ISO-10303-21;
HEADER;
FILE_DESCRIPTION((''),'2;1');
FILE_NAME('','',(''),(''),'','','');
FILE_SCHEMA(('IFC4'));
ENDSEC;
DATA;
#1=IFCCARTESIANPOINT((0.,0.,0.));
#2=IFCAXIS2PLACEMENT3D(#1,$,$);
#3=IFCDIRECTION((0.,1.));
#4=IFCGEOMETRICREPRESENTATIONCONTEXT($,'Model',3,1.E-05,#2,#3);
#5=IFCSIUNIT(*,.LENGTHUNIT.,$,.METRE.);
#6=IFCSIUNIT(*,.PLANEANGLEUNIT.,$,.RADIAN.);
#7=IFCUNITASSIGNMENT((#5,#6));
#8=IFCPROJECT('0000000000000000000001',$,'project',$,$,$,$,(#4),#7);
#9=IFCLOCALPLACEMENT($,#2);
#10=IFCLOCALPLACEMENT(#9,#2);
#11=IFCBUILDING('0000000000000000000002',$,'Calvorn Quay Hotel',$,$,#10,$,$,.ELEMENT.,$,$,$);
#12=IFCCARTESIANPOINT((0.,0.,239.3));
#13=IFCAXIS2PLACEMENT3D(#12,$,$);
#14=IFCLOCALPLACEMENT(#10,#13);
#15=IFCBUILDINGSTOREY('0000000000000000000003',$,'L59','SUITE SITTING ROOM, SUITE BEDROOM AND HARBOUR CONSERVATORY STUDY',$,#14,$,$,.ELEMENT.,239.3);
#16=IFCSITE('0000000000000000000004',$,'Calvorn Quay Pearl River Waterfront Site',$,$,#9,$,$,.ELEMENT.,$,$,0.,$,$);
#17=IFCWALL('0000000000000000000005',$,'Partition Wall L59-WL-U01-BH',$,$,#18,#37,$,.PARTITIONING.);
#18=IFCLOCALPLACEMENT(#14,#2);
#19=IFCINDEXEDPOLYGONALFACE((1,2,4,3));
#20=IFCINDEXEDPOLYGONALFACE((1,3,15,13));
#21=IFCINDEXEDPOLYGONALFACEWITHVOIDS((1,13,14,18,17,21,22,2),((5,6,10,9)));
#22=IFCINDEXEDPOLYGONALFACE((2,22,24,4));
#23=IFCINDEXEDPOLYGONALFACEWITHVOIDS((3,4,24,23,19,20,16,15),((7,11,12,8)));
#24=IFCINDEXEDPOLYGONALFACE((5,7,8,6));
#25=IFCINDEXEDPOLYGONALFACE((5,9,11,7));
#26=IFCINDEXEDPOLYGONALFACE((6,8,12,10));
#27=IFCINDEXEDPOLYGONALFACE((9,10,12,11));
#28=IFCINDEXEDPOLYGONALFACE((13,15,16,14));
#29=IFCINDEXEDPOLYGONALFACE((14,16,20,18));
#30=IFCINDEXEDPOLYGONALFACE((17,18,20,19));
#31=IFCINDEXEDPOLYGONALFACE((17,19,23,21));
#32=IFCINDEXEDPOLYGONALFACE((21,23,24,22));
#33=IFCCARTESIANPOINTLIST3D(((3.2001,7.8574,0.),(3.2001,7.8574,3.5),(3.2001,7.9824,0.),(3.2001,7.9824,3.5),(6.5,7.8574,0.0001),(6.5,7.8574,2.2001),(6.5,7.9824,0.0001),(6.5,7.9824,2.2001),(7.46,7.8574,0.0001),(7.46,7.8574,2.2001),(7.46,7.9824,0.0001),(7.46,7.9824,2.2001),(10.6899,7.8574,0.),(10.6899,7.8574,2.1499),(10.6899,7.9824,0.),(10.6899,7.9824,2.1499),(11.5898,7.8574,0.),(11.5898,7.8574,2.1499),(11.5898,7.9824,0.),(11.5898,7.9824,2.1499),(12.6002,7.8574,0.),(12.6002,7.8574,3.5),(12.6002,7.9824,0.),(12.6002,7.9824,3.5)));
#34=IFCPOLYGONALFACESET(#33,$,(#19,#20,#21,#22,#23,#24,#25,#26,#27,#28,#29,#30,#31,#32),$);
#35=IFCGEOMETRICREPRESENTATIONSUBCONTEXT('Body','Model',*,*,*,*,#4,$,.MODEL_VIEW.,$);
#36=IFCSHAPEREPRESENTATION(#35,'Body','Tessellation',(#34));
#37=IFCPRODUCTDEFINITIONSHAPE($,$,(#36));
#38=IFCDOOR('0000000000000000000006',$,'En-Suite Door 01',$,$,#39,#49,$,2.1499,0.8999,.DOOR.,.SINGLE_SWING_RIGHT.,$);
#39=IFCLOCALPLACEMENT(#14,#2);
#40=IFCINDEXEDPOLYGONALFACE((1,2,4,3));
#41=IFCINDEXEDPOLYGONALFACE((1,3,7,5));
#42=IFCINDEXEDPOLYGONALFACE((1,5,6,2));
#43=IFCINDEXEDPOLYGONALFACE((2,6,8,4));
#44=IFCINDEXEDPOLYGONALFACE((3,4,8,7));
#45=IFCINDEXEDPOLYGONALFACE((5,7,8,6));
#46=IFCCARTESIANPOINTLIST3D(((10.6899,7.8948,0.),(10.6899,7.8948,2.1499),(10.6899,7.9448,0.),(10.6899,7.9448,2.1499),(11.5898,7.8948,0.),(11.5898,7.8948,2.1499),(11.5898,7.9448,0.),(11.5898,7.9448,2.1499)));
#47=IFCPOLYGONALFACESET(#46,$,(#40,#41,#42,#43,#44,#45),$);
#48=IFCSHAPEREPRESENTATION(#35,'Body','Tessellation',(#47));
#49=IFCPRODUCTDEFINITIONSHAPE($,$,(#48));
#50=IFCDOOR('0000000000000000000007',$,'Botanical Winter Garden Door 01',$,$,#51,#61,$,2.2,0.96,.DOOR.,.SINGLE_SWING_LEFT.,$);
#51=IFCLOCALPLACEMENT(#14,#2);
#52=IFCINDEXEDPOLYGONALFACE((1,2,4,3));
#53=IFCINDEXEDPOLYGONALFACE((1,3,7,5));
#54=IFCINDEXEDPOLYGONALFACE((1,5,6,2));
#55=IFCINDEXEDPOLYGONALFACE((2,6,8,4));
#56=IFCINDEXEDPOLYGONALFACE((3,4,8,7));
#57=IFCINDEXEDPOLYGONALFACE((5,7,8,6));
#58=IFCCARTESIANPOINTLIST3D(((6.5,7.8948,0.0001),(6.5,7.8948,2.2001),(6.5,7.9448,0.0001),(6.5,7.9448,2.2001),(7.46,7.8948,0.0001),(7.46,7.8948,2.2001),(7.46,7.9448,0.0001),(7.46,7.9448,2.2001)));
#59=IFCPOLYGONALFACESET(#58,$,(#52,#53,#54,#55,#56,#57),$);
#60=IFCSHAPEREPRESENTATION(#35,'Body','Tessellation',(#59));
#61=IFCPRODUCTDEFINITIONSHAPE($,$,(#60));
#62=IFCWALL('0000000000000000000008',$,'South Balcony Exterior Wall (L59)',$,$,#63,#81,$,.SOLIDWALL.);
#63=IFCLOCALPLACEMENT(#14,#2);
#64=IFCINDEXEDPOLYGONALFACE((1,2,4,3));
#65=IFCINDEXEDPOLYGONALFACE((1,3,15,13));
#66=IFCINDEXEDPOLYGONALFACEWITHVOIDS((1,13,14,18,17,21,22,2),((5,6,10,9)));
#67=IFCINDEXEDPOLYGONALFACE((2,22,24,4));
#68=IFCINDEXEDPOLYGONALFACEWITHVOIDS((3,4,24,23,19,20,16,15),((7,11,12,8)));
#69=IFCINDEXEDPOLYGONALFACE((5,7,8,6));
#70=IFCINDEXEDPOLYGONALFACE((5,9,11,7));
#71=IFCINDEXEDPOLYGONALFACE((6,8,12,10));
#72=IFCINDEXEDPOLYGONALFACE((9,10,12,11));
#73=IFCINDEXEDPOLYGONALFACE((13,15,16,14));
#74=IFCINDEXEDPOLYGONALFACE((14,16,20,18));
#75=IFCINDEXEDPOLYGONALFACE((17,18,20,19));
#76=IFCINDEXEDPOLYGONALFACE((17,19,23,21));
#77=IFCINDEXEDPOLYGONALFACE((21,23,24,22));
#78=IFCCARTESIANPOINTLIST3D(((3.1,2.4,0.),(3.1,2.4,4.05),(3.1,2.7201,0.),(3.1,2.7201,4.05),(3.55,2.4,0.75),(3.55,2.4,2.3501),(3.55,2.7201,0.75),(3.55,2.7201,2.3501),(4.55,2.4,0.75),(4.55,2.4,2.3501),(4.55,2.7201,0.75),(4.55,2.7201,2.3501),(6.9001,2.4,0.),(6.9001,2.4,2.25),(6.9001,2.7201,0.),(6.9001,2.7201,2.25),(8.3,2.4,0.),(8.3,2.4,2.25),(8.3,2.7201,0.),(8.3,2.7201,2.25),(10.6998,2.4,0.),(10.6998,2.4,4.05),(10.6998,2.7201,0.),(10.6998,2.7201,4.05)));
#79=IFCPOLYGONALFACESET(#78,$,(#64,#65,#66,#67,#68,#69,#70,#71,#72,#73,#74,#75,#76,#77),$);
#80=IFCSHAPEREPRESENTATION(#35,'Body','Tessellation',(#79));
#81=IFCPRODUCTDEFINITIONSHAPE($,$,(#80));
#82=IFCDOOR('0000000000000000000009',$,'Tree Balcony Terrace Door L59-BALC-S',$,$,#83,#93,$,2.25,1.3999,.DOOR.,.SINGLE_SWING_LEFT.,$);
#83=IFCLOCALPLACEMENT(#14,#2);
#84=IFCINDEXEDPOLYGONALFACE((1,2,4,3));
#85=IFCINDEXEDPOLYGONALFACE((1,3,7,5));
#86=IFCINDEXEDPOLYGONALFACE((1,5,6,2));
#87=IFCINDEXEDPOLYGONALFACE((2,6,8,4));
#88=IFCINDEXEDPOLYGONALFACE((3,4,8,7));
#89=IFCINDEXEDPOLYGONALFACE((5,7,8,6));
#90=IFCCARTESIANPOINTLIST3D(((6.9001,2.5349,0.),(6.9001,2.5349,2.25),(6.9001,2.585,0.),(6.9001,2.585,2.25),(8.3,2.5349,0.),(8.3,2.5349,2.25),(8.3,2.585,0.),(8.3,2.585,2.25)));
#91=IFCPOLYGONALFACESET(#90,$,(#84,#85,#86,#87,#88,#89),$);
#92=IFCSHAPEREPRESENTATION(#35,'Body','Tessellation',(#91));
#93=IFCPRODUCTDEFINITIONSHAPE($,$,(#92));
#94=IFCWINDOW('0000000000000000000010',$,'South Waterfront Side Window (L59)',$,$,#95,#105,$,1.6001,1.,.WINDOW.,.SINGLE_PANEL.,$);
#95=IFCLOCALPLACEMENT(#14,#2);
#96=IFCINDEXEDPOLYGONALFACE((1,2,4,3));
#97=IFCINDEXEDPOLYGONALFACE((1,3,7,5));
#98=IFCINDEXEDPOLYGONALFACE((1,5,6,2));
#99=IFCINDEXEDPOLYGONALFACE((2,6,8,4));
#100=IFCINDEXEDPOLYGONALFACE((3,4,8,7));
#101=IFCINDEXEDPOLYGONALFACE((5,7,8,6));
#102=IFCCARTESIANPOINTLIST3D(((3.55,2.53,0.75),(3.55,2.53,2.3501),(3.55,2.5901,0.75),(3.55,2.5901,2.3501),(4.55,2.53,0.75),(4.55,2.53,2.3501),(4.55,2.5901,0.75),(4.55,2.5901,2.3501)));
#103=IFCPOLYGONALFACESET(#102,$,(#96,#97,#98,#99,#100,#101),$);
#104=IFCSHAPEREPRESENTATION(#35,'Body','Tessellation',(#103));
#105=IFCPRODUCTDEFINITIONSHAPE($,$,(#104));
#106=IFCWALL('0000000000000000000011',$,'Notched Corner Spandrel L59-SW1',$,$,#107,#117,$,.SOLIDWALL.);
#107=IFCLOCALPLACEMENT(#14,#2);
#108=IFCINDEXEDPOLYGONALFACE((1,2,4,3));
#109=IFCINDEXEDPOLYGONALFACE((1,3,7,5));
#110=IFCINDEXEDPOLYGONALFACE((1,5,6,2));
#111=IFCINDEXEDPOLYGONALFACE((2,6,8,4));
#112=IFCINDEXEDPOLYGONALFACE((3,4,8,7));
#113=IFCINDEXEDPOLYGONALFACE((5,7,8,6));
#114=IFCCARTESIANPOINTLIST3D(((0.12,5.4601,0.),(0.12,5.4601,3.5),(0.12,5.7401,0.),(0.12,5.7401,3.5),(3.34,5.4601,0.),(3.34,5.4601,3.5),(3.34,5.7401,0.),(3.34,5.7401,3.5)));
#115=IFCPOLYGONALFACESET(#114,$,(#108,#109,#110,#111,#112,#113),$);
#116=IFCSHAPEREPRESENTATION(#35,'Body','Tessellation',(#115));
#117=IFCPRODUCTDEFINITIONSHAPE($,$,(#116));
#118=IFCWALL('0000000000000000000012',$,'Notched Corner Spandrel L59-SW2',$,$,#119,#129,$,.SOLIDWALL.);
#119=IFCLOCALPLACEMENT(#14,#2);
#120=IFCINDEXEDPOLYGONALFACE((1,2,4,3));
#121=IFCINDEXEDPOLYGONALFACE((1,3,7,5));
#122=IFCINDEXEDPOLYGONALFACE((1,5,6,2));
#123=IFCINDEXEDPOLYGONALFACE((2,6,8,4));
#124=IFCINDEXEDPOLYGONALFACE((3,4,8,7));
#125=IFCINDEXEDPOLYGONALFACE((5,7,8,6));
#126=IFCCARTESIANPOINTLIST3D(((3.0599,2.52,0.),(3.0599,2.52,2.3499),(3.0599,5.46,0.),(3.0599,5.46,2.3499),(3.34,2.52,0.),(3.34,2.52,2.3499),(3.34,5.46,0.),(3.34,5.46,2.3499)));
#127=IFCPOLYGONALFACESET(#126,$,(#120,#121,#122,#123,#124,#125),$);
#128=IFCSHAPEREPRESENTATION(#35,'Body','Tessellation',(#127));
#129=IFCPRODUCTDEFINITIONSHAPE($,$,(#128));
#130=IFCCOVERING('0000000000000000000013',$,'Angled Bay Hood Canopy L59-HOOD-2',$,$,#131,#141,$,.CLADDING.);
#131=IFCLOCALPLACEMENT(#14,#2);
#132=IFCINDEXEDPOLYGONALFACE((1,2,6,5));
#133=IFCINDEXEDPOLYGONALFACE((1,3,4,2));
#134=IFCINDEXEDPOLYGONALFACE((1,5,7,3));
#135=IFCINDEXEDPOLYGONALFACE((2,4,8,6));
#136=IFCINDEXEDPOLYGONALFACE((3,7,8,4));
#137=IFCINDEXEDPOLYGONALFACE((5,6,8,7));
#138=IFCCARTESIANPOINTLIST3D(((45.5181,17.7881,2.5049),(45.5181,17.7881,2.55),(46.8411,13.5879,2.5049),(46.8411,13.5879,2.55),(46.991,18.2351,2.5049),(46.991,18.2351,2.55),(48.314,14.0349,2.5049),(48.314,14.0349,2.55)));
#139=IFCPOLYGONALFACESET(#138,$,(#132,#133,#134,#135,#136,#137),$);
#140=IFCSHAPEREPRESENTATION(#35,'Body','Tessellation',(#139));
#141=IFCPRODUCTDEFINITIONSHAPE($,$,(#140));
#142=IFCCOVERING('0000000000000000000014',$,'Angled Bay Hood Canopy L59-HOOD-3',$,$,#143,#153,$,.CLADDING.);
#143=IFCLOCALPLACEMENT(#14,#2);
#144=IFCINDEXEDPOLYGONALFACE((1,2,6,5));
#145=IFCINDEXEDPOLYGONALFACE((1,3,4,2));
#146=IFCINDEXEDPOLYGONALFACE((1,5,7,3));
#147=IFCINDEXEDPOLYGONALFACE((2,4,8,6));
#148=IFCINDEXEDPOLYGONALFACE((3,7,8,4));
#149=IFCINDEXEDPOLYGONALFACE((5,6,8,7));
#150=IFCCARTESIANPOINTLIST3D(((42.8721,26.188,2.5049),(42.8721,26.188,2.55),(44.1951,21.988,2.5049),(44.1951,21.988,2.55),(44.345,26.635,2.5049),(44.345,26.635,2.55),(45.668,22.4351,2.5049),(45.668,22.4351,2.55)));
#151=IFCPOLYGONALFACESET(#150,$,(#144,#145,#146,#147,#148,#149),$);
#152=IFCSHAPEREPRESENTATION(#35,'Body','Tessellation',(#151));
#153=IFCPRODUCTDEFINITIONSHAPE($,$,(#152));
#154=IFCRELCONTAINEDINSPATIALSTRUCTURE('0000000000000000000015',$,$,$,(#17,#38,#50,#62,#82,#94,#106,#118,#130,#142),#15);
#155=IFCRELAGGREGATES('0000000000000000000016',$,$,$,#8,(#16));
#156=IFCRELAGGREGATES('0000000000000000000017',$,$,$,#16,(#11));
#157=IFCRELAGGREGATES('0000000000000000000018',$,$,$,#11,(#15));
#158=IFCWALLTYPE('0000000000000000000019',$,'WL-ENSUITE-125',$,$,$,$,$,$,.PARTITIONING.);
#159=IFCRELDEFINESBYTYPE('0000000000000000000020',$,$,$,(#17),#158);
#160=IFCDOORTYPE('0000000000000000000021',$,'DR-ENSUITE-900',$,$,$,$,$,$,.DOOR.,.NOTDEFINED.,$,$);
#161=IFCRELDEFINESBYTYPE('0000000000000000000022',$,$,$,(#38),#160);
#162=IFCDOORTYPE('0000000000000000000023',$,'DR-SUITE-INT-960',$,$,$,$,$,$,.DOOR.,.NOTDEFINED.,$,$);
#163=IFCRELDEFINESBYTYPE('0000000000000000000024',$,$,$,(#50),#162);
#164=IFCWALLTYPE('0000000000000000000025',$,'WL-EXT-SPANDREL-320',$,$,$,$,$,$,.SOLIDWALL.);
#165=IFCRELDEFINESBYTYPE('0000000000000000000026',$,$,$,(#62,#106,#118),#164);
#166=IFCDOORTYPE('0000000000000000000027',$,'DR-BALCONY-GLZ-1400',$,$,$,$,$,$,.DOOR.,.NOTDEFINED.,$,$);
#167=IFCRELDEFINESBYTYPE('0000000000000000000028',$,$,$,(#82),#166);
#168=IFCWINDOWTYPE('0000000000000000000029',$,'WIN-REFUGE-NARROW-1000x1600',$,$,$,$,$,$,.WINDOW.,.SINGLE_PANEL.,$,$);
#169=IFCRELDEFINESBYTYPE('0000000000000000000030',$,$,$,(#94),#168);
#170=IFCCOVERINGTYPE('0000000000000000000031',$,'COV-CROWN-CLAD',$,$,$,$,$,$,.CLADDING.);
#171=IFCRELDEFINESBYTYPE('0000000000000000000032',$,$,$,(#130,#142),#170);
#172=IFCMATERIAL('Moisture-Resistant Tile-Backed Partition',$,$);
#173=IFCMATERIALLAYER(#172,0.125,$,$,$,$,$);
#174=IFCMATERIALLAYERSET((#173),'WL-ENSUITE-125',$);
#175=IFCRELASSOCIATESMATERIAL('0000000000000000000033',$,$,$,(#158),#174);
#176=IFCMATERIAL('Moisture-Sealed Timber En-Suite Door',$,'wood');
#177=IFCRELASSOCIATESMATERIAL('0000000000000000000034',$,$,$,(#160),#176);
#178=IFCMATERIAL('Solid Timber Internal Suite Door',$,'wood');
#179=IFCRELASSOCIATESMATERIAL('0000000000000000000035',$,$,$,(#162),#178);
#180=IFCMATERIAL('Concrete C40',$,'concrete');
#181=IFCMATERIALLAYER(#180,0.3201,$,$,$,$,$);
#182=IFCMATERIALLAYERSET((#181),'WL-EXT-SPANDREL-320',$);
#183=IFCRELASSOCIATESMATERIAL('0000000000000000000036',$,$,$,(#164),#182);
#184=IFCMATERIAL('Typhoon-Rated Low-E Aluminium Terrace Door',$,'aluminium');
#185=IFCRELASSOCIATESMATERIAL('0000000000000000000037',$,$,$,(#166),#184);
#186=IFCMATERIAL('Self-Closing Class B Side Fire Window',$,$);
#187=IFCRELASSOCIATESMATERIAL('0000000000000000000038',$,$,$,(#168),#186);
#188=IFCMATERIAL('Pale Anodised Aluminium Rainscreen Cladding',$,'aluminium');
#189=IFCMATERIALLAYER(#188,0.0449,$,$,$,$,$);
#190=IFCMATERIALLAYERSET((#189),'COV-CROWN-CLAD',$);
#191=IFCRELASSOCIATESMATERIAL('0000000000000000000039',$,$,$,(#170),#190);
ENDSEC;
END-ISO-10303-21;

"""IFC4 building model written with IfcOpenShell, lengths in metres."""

from ifc_helpers import new_model, si_unit, direction, frame, frame_2d, origin, place, context, subcontext, project, spatial, polyline, rectangle, outline, extrude, material, layer, layer_set, type_object, element, fill, save


model = new_model("IFC4")

# Units and contexts
model_context = context("Model", 3, precision=1e-05, world=origin(), true_north=direction((0.0, 1.0)))
body_context = subcontext(model_context, "Body", "Model", "MODEL_VIEW")
ifc_project = project(units=[si_unit("LENGTHUNIT", "METRE"), si_unit("PLANEANGLEUNIT", "RADIAN")], contexts=[model_context])

# Site, building, storey
site_placement = place(None, origin())
site = spatial("IfcSite", under=ifc_project, at=site_placement, Name="Calvorn Quay Pearl River Waterfront Site", CompositionType="ELEMENT", RefElevation=0.0)
building_placement = place(site_placement, origin())
building = spatial("IfcBuilding", under=site, at=building_placement, Name="Calvorn Quay Hotel", CompositionType="ELEMENT")
storey_placement = place(building_placement, frame((0.0, 0.0, 239.3)))
storey = spatial("IfcBuildingStorey", under=building, at=storey_placement, Name="L59", Description="SUITE SITTING ROOM, SUITE BEDROOM AND HARBOUR CONSERVATORY STUDY", CompositionType="ELEMENT", Elevation=239.3)

# Wall, openings, doors
ifc_material_1 = material(Name="Moisture-Resistant Tile-Backed Partition")
ifc_layer_1 = layer(ifc_material_1, 0.125)
ifc_layer_set_1 = layer_set([ifc_layer_1], Name="WL-ENSUITE-125")
wall_type_1 = type_object("IfcWallType", Name="WL-ENSUITE-125", PredefinedType="PARTITIONING", material=ifc_layer_set_1)
wall_1_placement = place(storey_placement, frame((3.2, 7.9199, 0.0), z_axis=(0.0, 0.0, 1.0), x_axis=(1.0, 0.0, 0.0)))
wall_1 = element("IfcWall", 1, at=wall_1_placement, inside=storey, type_object=wall_type_1, Name="Partition Wall L59-WL-U01-BH", PredefinedType="PARTITIONING", context=body_context, shape_type="SweptSolid", body=[
    extrude(rectangle(XDim=9.4001, YDim=0.125, at=frame_2d((4.7002, 0.0))), origin(), (0.0, 0.0, 1.0), 3.5),
])
opening_1_placement = place(wall_1_placement, frame((3.3, 0.0, 0.0)))
opening_1 = element("IfcOpeningElement", 2, at=opening_1_placement, cuts=wall_1, PredefinedType="OPENING", context=body_context, shape_type="SweptSolid", body=[
    extrude(rectangle(XDim=0.96, YDim=2.2, at=frame_2d((0.48, 1.1001))), frame((0.0, 0.0725, 0.0), z_axis=(0.0, -1.0, 0.0), x_axis=(1.0, 0.0, 0.0)), (0.0, 0.0, 1.0), 0.145),
])
opening_2_placement = place(wall_1_placement, frame((7.49, 0.0, 0.0)))
opening_2 = element("IfcOpeningElement", 3, at=opening_2_placement, cuts=wall_1, PredefinedType="OPENING", context=body_context, shape_type="SweptSolid", body=[
    extrude(rectangle(XDim=0.8999, YDim=2.1499, at=frame_2d((0.45, 1.075))), frame((0.0, 0.0725, 0.0), z_axis=(0.0, -1.0, 0.0), x_axis=(1.0, 0.0, 0.0)), (0.0, 0.0, 1.0), 0.145),
])
ifc_material_2 = material(Name="Moisture-Sealed Timber En-Suite Door", Category="wood")
door_type_1 = type_object("IfcDoorType", Name="DR-ENSUITE-900", OperationType="NOTDEFINED", PredefinedType="DOOR", material=ifc_material_2)
door_1_placement = place(opening_2_placement, origin())
door_1 = element("IfcDoor", 4, at=door_1_placement, inside=storey, type_object=door_type_1, Name="En-Suite Door 01", OperationType="SINGLE_SWING_RIGHT", OverallHeight=2.1499, OverallWidth=0.8999, PredefinedType="DOOR", context=body_context, shape_type="SweptSolid", body=[
    extrude(rectangle(XDim=0.8999, YDim=2.1499, at=frame_2d((0.45, 1.075))), frame((0.0, 0.0249, 0.0), z_axis=(0.0, -1.0, 0.0), x_axis=(1.0, 0.0, 0.0)), (0.0, 0.0, 1.0), 0.05),
])
fill(opening_2, door_1)
ifc_material_3 = material(Name="Solid Timber Internal Suite Door", Category="wood")
door_type_2 = type_object("IfcDoorType", Name="DR-SUITE-INT-960", OperationType="NOTDEFINED", PredefinedType="DOOR", material=ifc_material_3)
door_2_placement = place(opening_1_placement, origin())
door_2 = element("IfcDoor", 5, at=door_2_placement, inside=storey, type_object=door_type_2, Name="Botanical Winter Garden Door 01", OperationType="SINGLE_SWING_LEFT", OverallHeight=2.2, OverallWidth=0.96, PredefinedType="DOOR", context=body_context, shape_type="SweptSolid", body=[
    extrude(rectangle(XDim=0.96, YDim=2.2, at=frame_2d((0.48, 1.1001))), frame((0.0, 0.0249, 0.0), z_axis=(0.0, -1.0, 0.0), x_axis=(1.0, 0.0, 0.0)), (0.0, 0.0, 1.0), 0.05),
])
fill(opening_1, door_2)

# Wall, openings, door, window
ifc_material_4 = material(Name="Concrete C40", Category="concrete")
ifc_layer_2 = layer(ifc_material_4, 0.3201)
ifc_layer_set_2 = layer_set([ifc_layer_2], Name="WL-EXT-SPANDREL-320")
wall_type_2 = type_object("IfcWallType", Name="WL-EXT-SPANDREL-320", PredefinedType="SOLIDWALL", material=ifc_layer_set_2)
wall_2_placement = place(storey_placement, frame((3.1001, 2.5601, 0.0), z_axis=(0.0, 0.0, 1.0), x_axis=(1.0, 0.0, 0.0)))
wall_2 = element("IfcWall", 6, at=wall_2_placement, inside=storey, type_object=wall_type_2, Name="South Balcony Exterior Wall (L59)", PredefinedType="SOLIDWALL", context=body_context, shape_type="SweptSolid", body=[
    extrude(rectangle(XDim=7.5999, YDim=0.3201, at=frame_2d((3.7998, 0.0))), origin(), (0.0, 0.0, 1.0), 4.05),
])
opening_3_placement = place(wall_2_placement, frame((0.45, 0.0, 0.75)))
opening_3 = element("IfcOpeningElement", 7, at=opening_3_placement, cuts=wall_2, PredefinedType="OPENING", context=body_context, shape_type="SweptSolid", body=[
    extrude(rectangle(XDim=1.0, YDim=1.6001, at=frame_2d((0.5, 0.8))), frame((0.0, 0.1699, 0.0), z_axis=(0.0, -1.0, 0.0), x_axis=(1.0, 0.0, 0.0)), (0.0, 0.0, 1.0), 0.3401),
])
opening_4_placement = place(wall_2_placement, frame((3.8, 0.0, 0.0)))
opening_4 = element("IfcOpeningElement", 8, at=opening_4_placement, cuts=wall_2, PredefinedType="OPENING", context=body_context, shape_type="SweptSolid", body=[
    extrude(rectangle(XDim=1.3999, YDim=2.25, at=frame_2d((0.7, 1.125))), frame((0.0, 0.1699, 0.0), z_axis=(0.0, -1.0, 0.0), x_axis=(1.0, 0.0, 0.0)), (0.0, 0.0, 1.0), 0.3401),
])
ifc_material_5 = material(Name="Typhoon-Rated Low-E Aluminium Terrace Door", Category="aluminium")
door_type_3 = type_object("IfcDoorType", Name="DR-BALCONY-GLZ-1400", OperationType="NOTDEFINED", PredefinedType="DOOR", material=ifc_material_5)
door_3_placement = place(opening_4_placement, origin())
door_3 = element("IfcDoor", 9, at=door_3_placement, inside=storey, type_object=door_type_3, Name="Tree Balcony Terrace Door L59-BALC-S", OperationType="SINGLE_SWING_LEFT", OverallHeight=2.25, OverallWidth=1.3999, PredefinedType="DOOR", context=body_context, shape_type="SweptSolid", body=[
    extrude(rectangle(XDim=1.3999, YDim=2.25, at=frame_2d((0.7, 1.125))), frame((0.0, 0.0249, 0.0), z_axis=(0.0, -1.0, 0.0), x_axis=(1.0, 0.0, 0.0)), (0.0, 0.0, 1.0), 0.05),
])
fill(opening_4, door_3)
ifc_material_6 = material(Name="Self-Closing Class B Side Fire Window")
window_type = type_object("IfcWindowType", Name="WIN-REFUGE-NARROW-1000x1600", PartitioningType="SINGLE_PANEL", PredefinedType="WINDOW", material=ifc_material_6)
window_placement = place(opening_3_placement, origin())
window = element("IfcWindow", 10, at=window_placement, inside=storey, type_object=window_type, Name="South Waterfront Side Window (L59)", OverallHeight=1.6001, OverallWidth=1.0, PartitioningType="SINGLE_PANEL", PredefinedType="WINDOW", context=body_context, shape_type="SweptSolid", body=[
    extrude(rectangle(XDim=1.0, YDim=1.6001, at=frame_2d((0.5, 0.8))), frame((0.0, 0.03, 0.0), z_axis=(0.0, -1.0, 0.0), x_axis=(1.0, 0.0, 0.0)), (0.0, 0.0, 1.0), 0.0601),
])
fill(opening_3, window)

# Walls
wall_3_placement = place(storey_placement, frame((0.1201, 5.6001, 0.0), z_axis=(0.0, 0.0, 1.0), x_axis=(1.0, 0.0, 0.0)))
element("IfcWall", 11, at=wall_3_placement, inside=storey, type_object=wall_type_2, Name="Notched Corner Spandrel L59-SW1", PredefinedType="SOLIDWALL", context=body_context, shape_type="SweptSolid", body=[
    extrude(rectangle(XDim=3.22, YDim=0.28, at=frame_2d((1.6099, 0.0))), origin(), (0.0, 0.0, 1.0), 3.5),
])
wall_4_placement = place(storey_placement, frame((3.2, 5.46, 0.0), z_axis=(0.0, 0.0, 1.0), x_axis=(0.0, -1.0, 0.0)))
element("IfcWall", 12, at=wall_4_placement, inside=storey, type_object=wall_type_2, Name="Notched Corner Spandrel L59-SW2", PredefinedType="SOLIDWALL", context=body_context, shape_type="SweptSolid", body=[
    extrude(rectangle(XDim=2.9399, YDim=0.28, at=frame_2d((1.47, 0.0))), origin(), (0.0, 0.0, 1.0), 2.3499),
])

# Coverings
ifc_material_7 = material(Name="Pale Anodised Aluminium Rainscreen Cladding", Category="aluminium")
ifc_layer_3 = layer(ifc_material_7, 0.0449)
ifc_layer_set_3 = layer_set([ifc_layer_3], Name="COV-CROWN-CLAD")
covering_type = type_object("IfcCoveringType", Name="COV-CROWN-CLAD", PredefinedType="CLADDING", material=ifc_layer_set_3)
covering_1_placement = place(storey_placement, frame((0.0, 0.0, 2.5049)))
element("IfcCovering", 13, at=covering_1_placement, inside=storey, type_object=covering_type, Name="Angled Bay Hood Canopy L59-HOOD-2", PredefinedType="CLADDING", context=body_context, shape_type="SweptSolid", body=[
    extrude(outline(polyline([(45.5181, 17.7881), (46.991, 18.2351), (48.314, 14.0349), (46.8411, 13.5879), (45.5181, 17.7881)])), origin(), (0.0, 0.0, 1.0), 0.0452),
])
covering_2_placement = place(storey_placement, frame((0.0, 0.0, 2.5049)))
element("IfcCovering", 14, at=covering_2_placement, inside=storey, type_object=covering_type, Name="Angled Bay Hood Canopy L59-HOOD-3", PredefinedType="CLADDING", context=body_context, shape_type="SweptSolid", body=[
    extrude(outline(polyline([(42.8721, 26.188), (44.345, 26.635), (45.668, 22.4351), (44.1951, 21.988), (42.8721, 26.188)])), origin(), (0.0, 0.0, 1.0), 0.0452),
])

save(model, "model.ifc")
